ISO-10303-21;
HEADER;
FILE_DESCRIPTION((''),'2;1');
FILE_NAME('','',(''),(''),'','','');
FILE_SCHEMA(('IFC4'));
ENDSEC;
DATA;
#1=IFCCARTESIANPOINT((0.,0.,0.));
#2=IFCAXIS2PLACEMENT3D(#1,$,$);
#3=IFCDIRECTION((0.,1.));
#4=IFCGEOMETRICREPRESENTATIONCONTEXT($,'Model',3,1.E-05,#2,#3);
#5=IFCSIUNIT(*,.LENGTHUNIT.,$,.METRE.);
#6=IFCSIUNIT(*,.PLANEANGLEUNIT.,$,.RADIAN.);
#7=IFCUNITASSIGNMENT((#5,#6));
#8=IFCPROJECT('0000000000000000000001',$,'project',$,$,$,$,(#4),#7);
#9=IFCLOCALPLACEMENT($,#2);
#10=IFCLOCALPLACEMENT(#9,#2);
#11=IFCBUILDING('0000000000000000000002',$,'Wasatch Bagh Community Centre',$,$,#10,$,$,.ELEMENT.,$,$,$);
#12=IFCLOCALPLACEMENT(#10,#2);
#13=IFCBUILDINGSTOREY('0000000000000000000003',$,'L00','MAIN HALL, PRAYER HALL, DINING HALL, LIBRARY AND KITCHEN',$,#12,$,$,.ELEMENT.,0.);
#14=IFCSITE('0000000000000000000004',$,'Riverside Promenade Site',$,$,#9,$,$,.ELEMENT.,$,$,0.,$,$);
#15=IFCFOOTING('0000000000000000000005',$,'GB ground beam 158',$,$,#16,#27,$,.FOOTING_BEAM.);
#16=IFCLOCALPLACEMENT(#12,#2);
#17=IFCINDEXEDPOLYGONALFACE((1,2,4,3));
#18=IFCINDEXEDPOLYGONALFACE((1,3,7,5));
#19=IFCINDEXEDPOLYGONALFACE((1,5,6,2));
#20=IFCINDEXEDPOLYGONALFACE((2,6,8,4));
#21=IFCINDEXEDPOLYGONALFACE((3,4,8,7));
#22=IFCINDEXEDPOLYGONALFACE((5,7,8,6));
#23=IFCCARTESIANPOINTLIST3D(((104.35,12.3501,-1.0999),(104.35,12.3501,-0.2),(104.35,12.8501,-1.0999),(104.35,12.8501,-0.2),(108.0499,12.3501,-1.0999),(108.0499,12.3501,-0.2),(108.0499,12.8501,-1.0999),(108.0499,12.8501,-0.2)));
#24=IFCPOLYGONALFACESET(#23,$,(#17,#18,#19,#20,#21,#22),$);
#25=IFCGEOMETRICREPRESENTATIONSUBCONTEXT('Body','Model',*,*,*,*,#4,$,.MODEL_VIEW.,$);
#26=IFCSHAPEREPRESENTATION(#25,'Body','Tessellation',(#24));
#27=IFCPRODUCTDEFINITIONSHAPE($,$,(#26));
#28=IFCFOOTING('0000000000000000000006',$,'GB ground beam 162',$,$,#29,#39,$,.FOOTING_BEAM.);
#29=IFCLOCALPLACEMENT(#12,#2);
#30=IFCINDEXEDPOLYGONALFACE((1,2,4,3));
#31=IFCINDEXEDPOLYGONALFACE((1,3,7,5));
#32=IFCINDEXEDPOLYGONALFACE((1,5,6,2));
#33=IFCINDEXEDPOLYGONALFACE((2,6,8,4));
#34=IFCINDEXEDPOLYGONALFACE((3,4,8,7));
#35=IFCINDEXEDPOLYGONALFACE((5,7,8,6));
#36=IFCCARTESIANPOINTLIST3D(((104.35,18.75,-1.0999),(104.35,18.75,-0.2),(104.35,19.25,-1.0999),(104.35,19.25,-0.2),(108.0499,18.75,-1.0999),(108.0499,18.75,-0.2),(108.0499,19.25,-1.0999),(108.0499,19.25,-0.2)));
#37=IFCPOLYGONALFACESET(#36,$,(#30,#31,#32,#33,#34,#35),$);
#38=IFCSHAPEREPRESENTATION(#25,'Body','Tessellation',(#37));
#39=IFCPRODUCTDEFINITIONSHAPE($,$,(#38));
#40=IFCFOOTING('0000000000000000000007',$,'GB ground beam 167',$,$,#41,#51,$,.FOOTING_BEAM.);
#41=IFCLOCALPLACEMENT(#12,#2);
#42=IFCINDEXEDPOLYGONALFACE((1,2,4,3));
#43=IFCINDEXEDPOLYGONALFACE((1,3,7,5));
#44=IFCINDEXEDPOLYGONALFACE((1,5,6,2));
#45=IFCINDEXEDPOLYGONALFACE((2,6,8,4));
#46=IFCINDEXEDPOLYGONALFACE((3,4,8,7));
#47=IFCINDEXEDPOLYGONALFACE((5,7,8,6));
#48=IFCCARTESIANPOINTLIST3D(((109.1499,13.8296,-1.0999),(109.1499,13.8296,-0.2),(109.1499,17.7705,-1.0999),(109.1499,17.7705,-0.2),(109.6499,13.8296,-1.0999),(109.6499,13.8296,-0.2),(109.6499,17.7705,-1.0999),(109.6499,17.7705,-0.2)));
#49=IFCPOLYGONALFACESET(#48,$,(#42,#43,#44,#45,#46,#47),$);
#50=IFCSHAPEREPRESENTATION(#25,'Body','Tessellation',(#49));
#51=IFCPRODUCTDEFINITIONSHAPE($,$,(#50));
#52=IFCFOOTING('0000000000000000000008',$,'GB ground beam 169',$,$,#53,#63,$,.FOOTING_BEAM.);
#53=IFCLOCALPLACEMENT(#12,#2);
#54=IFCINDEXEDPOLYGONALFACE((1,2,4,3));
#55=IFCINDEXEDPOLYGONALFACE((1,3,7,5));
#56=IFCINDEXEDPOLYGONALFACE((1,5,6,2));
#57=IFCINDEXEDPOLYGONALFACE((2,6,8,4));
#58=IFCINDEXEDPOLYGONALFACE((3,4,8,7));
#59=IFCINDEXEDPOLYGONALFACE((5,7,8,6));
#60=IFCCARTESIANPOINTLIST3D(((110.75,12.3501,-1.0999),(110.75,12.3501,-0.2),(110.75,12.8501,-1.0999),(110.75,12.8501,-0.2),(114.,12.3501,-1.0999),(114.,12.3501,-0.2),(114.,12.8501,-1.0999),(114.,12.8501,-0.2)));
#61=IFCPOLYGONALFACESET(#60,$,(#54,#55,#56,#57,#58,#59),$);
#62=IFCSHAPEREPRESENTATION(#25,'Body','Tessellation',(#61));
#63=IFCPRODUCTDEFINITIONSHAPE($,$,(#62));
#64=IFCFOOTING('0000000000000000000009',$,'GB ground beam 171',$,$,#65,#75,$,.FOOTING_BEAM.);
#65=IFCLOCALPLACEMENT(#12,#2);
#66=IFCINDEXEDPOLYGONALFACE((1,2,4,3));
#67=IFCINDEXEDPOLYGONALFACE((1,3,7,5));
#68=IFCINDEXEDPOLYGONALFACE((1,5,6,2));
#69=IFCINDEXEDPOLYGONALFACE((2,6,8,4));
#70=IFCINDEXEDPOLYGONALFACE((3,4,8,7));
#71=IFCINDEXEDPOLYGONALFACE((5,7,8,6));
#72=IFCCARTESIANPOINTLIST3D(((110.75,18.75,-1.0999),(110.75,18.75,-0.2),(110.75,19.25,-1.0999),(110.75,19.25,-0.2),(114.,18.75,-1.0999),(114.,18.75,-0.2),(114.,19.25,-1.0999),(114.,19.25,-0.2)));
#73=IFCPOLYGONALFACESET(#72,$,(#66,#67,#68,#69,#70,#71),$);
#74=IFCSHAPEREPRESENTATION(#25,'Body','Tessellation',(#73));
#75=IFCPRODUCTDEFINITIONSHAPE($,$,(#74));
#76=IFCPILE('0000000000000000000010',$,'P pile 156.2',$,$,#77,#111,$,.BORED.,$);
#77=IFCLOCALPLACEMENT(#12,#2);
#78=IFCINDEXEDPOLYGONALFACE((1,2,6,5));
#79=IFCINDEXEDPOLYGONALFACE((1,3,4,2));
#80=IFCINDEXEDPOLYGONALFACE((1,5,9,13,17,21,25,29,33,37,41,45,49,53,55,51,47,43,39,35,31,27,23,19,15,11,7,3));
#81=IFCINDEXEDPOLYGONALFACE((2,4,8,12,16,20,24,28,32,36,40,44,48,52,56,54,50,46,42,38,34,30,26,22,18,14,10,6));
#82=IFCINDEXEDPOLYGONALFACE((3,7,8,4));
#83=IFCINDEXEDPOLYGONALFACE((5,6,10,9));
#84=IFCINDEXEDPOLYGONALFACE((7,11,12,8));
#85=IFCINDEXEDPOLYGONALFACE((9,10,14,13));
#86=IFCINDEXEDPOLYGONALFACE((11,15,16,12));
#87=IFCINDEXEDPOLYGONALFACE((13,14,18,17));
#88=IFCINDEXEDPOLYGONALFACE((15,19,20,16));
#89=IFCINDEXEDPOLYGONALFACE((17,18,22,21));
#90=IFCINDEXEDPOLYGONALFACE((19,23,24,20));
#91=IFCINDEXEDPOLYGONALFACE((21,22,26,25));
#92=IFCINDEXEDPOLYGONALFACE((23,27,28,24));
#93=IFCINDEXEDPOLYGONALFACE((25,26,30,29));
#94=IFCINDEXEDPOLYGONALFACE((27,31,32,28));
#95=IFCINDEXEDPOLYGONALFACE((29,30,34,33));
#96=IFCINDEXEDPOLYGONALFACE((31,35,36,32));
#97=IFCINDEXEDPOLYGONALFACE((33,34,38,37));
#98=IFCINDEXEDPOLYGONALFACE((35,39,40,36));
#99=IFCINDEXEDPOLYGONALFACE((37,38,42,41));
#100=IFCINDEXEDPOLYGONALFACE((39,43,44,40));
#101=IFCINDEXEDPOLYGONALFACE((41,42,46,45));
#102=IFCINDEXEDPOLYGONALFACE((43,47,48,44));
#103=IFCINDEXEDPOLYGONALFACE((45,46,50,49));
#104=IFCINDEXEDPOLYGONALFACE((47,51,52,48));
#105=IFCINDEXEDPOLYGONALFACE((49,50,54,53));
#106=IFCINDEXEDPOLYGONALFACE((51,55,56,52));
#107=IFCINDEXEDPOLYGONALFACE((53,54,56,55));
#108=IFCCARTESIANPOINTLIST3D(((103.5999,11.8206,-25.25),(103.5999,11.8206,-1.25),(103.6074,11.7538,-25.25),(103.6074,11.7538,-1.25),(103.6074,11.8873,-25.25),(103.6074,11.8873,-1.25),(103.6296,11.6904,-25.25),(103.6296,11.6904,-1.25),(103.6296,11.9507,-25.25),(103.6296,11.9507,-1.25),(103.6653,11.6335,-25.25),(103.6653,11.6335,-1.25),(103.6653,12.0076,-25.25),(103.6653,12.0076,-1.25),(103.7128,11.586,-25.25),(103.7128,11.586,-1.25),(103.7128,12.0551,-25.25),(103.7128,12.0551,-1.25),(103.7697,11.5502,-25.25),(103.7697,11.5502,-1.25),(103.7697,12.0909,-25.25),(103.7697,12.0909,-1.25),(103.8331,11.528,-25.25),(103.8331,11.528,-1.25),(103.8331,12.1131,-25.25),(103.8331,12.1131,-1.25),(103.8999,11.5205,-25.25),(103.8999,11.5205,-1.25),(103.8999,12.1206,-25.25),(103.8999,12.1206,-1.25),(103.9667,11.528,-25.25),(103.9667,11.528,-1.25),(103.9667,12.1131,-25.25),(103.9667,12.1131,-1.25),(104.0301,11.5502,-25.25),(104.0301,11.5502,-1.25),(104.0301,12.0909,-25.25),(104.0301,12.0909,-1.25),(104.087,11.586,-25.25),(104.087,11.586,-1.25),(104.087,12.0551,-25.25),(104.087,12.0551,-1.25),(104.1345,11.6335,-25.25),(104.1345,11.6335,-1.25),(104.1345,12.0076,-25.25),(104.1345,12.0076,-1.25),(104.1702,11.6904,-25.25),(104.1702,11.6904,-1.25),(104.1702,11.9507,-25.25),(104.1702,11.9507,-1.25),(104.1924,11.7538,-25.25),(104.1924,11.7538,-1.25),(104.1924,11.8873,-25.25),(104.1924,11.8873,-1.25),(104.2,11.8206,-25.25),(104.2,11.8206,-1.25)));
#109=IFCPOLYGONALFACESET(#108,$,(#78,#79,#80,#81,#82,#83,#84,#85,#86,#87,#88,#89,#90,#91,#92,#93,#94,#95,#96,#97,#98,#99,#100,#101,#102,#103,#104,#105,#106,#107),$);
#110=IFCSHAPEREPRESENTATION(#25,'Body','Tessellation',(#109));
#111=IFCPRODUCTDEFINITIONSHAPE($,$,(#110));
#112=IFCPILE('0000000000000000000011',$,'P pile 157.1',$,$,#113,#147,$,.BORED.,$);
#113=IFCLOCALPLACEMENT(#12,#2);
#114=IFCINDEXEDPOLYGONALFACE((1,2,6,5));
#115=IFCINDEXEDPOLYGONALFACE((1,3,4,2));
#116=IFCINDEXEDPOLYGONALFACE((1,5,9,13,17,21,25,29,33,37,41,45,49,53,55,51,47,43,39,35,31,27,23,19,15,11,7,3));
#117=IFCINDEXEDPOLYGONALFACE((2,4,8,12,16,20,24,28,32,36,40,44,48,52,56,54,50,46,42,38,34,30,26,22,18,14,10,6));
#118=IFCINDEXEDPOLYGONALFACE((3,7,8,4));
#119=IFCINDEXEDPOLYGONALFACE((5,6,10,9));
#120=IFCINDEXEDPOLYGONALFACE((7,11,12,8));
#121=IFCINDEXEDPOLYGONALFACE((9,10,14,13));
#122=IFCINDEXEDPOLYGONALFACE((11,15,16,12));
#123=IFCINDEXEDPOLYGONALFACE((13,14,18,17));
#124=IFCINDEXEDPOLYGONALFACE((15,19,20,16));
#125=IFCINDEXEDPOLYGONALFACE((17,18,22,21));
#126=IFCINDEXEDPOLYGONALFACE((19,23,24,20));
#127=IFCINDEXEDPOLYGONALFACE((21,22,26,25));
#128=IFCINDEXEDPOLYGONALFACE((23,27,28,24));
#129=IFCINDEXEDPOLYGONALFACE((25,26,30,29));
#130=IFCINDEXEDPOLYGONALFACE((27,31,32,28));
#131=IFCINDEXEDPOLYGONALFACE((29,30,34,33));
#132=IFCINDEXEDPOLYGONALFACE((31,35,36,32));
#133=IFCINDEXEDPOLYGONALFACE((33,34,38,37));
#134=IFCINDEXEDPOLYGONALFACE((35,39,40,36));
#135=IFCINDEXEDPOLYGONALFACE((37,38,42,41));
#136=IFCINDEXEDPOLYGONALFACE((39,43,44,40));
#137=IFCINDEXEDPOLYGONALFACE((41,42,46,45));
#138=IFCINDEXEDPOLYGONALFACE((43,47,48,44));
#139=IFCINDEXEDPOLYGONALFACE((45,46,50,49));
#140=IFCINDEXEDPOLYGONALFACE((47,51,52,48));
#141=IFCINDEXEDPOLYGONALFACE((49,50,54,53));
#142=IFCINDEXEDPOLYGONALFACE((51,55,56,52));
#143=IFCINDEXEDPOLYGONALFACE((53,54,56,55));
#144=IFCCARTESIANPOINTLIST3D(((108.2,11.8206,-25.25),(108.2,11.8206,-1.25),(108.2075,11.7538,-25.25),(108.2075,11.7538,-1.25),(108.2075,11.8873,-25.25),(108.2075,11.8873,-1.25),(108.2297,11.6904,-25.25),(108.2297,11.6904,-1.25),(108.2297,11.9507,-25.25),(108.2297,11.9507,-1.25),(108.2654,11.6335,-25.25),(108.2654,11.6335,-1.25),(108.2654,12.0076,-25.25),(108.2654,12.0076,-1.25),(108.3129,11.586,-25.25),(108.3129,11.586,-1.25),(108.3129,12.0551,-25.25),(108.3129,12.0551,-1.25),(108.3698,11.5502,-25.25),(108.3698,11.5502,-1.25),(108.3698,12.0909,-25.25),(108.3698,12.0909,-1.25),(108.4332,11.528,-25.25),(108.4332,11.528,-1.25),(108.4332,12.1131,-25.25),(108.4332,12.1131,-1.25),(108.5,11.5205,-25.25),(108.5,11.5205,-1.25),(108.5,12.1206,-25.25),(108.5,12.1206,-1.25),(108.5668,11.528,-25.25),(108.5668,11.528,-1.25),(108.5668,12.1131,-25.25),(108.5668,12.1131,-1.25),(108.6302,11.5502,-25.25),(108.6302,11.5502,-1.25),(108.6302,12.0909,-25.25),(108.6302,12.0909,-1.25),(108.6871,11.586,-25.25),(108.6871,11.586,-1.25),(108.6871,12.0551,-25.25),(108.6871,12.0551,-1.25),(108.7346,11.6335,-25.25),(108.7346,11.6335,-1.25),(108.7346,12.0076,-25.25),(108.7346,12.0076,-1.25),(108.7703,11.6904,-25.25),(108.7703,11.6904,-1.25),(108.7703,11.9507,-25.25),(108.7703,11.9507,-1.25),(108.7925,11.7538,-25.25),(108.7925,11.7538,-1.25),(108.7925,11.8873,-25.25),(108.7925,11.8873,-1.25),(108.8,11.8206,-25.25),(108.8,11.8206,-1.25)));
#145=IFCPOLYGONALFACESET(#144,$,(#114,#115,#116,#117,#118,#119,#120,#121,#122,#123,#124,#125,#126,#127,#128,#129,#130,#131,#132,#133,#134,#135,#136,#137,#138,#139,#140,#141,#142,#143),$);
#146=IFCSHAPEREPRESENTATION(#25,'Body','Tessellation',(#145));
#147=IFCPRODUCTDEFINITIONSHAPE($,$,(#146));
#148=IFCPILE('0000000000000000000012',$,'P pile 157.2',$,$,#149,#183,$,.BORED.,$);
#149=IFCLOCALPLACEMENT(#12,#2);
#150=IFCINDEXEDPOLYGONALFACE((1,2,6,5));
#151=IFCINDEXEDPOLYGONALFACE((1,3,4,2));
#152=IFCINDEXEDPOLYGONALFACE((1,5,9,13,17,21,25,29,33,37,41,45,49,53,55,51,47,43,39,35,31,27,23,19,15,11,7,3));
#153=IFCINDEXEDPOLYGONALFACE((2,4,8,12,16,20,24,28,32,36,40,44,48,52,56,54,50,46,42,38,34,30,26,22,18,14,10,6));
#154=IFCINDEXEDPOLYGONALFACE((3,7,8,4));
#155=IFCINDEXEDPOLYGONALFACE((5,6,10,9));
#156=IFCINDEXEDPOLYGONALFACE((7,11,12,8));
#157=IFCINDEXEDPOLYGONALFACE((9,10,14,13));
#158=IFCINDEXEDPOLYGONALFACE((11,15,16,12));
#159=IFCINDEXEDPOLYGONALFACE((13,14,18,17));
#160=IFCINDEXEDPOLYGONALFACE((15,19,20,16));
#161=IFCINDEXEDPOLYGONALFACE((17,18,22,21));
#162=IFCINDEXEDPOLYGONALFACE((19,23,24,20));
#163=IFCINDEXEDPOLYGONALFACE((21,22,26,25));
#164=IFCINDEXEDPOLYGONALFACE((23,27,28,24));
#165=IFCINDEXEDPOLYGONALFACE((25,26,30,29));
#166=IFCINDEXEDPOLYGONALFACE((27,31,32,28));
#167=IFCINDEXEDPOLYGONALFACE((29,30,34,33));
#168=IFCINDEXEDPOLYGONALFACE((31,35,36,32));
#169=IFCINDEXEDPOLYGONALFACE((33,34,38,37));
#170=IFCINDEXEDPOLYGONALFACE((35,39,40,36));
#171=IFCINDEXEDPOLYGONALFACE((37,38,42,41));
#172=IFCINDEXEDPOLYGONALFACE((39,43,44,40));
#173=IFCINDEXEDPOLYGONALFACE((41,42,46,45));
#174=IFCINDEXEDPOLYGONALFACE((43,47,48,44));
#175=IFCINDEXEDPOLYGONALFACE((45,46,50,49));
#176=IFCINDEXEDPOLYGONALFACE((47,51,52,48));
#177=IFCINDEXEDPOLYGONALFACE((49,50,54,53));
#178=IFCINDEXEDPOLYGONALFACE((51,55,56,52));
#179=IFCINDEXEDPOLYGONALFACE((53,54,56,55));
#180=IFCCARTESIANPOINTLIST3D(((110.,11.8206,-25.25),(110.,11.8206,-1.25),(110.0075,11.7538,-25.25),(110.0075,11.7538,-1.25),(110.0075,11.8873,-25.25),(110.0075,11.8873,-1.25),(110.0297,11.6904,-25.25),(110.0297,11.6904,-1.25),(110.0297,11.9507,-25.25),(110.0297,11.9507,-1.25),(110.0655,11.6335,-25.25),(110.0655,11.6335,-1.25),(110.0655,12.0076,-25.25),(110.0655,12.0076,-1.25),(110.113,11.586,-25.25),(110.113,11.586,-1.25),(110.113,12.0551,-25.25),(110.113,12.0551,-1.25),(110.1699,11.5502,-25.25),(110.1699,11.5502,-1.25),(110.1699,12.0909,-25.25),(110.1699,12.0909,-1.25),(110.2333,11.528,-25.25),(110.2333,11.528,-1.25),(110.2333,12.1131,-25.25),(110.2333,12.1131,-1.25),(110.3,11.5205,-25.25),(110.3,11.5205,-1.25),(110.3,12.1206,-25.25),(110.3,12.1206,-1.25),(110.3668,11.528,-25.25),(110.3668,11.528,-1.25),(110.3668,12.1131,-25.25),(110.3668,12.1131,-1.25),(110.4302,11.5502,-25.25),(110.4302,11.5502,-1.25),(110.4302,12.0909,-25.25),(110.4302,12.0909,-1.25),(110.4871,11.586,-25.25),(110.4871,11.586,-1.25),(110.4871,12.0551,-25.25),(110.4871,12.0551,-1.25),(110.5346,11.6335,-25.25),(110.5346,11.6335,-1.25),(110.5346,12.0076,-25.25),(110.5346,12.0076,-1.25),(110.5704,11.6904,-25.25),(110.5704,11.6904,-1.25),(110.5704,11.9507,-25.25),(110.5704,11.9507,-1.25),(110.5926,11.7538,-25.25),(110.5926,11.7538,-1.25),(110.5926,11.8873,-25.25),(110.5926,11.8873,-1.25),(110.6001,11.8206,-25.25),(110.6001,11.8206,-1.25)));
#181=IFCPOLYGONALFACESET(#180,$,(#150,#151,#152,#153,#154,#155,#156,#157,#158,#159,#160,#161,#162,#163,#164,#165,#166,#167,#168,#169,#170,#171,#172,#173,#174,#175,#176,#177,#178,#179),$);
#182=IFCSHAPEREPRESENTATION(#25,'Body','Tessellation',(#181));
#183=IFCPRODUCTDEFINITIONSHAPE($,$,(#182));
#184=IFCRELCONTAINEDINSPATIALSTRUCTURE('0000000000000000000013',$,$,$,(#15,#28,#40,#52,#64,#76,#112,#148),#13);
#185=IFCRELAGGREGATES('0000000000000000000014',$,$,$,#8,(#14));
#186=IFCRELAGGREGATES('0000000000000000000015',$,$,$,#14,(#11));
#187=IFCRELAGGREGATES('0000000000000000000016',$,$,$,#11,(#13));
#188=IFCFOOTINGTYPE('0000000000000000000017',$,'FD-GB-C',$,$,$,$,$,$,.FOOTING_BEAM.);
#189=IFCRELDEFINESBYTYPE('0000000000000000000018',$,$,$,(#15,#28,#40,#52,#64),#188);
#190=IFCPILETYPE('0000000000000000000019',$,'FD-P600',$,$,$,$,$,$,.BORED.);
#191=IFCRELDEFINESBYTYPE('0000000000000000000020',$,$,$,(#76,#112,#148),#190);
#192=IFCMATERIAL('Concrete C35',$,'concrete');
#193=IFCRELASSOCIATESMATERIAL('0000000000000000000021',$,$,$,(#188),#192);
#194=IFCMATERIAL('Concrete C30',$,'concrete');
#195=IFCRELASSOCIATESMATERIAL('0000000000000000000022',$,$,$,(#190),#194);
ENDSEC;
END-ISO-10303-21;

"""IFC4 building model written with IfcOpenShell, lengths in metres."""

from ifc_helpers import new_model, si_unit, direction, frame, origin, origin_2d, place, context, subcontext, project, spatial, rectangle, circle, extrude, material, material_profile, profile_set, type_object, element, save


model = new_model("IFC4")

# Units and contexts
model_context = context("Model", 3, precision=1e-05, world=origin(), true_north=direction((0.0, 1.0)))
body_context = subcontext(model_context, "Body", "Model", "MODEL_VIEW")
ifc_project = project(units=[si_unit("LENGTHUNIT", "METRE"), si_unit("PLANEANGLEUNIT", "RADIAN")], contexts=[model_context])

# Site, building, storey
site_placement = place(None, origin())
site = spatial("IfcSite", under=ifc_project, at=site_placement, Name="Riverside Promenade Site", CompositionType="ELEMENT", RefElevation=0.0)
building_placement = place(site_placement, origin())
building = spatial("IfcBuilding", under=site, at=building_placement, Name="Wasatch Bagh Community Centre", CompositionType="ELEMENT")
storey_placement = place(building_placement, origin())
storey = spatial("IfcBuildingStorey", under=building, at=storey_placement, Name="L00", Description="MAIN HALL, PRAYER HALL, DINING HALL, LIBRARY AND KITCHEN", CompositionType="ELEMENT", Elevation=0.0)

# Footings
ifc_material_1 = material(Name="Concrete C35", Category="concrete")
footing_type_1 = type_object("IfcFootingType", Name="FD-GB-C", PredefinedType="FOOTING_BEAM", material=ifc_material_1)
for number, where, z_axis, x_axis, name in (
    (1, (106.2, 12.6001, -1.0999), (0.0, 0.0, 1.0), (1.0, 0.0, 0.0), "GB ground beam 158"),
    (2, (106.2, 19.0, -1.0999), (0.0, 0.0, 1.0), (1.0, 0.0, 0.0), "GB ground beam 162"),
):
    element("IfcFooting", number, at=place(storey_placement, frame(where, z_axis=z_axis, x_axis=x_axis)), inside=storey, type_object=footing_type_1, Name=name, PredefinedType="FOOTING_BEAM", context=body_context, shape_type="SweptSolid", body=[
        extrude(rectangle(XDim=3.7, YDim=0.5, at=origin_2d()), origin(), (0.0, 0.0, 1.0), 0.8999),
    ])
footing_placement = place(storey_placement, frame((109.3999, 15.8, -1.0999), z_axis=(0.0, 0.0, 1.0), x_axis=(0.0, 1.0, 0.0)))
element("IfcFooting", 3, at=footing_placement, inside=storey, type_object=footing_type_1, Name="GB ground beam 167", PredefinedType="FOOTING_BEAM", context=body_context, shape_type="SweptSolid", body=[
    extrude(rectangle(XDim=3.9409, YDim=0.5, at=origin_2d()), origin(), (0.0, 0.0, 1.0), 0.8999),
])
for number, where, z_axis, x_axis, name in (
    (4, (112.375, 12.6001, -1.0999), (0.0, 0.0, 1.0), (1.0, 0.0, 0.0), "GB ground beam 169"),
    (5, (112.375, 19.0, -1.0999), (0.0, 0.0, 1.0), (1.0, 0.0, 0.0), "GB ground beam 171"),
):
    element("IfcFooting", number, at=place(storey_placement, frame(where, z_axis=z_axis, x_axis=x_axis)), inside=storey, type_object=footing_type_1, Name=name, PredefinedType="FOOTING_BEAM", context=body_context, shape_type="SweptSolid", body=[
        extrude(rectangle(XDim=3.25, YDim=0.5, at=origin_2d()), origin(), (0.0, 0.0, 1.0), 0.8999),
    ])

# Piles
ifc_material_2 = material(Name="Concrete C30", Category="concrete")
ifc_material_profile_1 = material_profile(ifc_material_2, circle(Radius=0.3, at=origin_2d()), Name="RC D600")
ifc_profile_set_1 = profile_set([ifc_material_profile_1], Name="Concrete C30")
pile_type = type_object("IfcPileType", Name="FD-P600", PredefinedType="BORED", material=ifc_profile_set_1)
for number, where, z_axis, x_axis, name in (
    (6, (103.8999, 11.8206, -1.25), (0.0, 0.0, -1.0), (1.0, 0.0, 0.0), "P pile 156.2"),
    (7, (108.5, 11.8206, -1.25), (0.0, 0.0, -1.0), (1.0, 0.0, 0.0), "P pile 157.1"),
    (8, (110.3, 11.8206, -1.25), (0.0, 0.0, -1.0), (1.0, 0.0, 0.0), "P pile 157.2"),
):
    element("IfcPile", number, at=place(storey_placement, frame(where, z_axis=z_axis, x_axis=x_axis)), inside=storey, type_object=pile_type, Name=name, PredefinedType="BORED", context=body_context, shape_type="SweptSolid", body=[
        extrude(circle(Radius=0.3, at=origin_2d()), origin(), (0.0, 0.0, 1.0), 24.0),
    ])

save(model, "model.ifc")
